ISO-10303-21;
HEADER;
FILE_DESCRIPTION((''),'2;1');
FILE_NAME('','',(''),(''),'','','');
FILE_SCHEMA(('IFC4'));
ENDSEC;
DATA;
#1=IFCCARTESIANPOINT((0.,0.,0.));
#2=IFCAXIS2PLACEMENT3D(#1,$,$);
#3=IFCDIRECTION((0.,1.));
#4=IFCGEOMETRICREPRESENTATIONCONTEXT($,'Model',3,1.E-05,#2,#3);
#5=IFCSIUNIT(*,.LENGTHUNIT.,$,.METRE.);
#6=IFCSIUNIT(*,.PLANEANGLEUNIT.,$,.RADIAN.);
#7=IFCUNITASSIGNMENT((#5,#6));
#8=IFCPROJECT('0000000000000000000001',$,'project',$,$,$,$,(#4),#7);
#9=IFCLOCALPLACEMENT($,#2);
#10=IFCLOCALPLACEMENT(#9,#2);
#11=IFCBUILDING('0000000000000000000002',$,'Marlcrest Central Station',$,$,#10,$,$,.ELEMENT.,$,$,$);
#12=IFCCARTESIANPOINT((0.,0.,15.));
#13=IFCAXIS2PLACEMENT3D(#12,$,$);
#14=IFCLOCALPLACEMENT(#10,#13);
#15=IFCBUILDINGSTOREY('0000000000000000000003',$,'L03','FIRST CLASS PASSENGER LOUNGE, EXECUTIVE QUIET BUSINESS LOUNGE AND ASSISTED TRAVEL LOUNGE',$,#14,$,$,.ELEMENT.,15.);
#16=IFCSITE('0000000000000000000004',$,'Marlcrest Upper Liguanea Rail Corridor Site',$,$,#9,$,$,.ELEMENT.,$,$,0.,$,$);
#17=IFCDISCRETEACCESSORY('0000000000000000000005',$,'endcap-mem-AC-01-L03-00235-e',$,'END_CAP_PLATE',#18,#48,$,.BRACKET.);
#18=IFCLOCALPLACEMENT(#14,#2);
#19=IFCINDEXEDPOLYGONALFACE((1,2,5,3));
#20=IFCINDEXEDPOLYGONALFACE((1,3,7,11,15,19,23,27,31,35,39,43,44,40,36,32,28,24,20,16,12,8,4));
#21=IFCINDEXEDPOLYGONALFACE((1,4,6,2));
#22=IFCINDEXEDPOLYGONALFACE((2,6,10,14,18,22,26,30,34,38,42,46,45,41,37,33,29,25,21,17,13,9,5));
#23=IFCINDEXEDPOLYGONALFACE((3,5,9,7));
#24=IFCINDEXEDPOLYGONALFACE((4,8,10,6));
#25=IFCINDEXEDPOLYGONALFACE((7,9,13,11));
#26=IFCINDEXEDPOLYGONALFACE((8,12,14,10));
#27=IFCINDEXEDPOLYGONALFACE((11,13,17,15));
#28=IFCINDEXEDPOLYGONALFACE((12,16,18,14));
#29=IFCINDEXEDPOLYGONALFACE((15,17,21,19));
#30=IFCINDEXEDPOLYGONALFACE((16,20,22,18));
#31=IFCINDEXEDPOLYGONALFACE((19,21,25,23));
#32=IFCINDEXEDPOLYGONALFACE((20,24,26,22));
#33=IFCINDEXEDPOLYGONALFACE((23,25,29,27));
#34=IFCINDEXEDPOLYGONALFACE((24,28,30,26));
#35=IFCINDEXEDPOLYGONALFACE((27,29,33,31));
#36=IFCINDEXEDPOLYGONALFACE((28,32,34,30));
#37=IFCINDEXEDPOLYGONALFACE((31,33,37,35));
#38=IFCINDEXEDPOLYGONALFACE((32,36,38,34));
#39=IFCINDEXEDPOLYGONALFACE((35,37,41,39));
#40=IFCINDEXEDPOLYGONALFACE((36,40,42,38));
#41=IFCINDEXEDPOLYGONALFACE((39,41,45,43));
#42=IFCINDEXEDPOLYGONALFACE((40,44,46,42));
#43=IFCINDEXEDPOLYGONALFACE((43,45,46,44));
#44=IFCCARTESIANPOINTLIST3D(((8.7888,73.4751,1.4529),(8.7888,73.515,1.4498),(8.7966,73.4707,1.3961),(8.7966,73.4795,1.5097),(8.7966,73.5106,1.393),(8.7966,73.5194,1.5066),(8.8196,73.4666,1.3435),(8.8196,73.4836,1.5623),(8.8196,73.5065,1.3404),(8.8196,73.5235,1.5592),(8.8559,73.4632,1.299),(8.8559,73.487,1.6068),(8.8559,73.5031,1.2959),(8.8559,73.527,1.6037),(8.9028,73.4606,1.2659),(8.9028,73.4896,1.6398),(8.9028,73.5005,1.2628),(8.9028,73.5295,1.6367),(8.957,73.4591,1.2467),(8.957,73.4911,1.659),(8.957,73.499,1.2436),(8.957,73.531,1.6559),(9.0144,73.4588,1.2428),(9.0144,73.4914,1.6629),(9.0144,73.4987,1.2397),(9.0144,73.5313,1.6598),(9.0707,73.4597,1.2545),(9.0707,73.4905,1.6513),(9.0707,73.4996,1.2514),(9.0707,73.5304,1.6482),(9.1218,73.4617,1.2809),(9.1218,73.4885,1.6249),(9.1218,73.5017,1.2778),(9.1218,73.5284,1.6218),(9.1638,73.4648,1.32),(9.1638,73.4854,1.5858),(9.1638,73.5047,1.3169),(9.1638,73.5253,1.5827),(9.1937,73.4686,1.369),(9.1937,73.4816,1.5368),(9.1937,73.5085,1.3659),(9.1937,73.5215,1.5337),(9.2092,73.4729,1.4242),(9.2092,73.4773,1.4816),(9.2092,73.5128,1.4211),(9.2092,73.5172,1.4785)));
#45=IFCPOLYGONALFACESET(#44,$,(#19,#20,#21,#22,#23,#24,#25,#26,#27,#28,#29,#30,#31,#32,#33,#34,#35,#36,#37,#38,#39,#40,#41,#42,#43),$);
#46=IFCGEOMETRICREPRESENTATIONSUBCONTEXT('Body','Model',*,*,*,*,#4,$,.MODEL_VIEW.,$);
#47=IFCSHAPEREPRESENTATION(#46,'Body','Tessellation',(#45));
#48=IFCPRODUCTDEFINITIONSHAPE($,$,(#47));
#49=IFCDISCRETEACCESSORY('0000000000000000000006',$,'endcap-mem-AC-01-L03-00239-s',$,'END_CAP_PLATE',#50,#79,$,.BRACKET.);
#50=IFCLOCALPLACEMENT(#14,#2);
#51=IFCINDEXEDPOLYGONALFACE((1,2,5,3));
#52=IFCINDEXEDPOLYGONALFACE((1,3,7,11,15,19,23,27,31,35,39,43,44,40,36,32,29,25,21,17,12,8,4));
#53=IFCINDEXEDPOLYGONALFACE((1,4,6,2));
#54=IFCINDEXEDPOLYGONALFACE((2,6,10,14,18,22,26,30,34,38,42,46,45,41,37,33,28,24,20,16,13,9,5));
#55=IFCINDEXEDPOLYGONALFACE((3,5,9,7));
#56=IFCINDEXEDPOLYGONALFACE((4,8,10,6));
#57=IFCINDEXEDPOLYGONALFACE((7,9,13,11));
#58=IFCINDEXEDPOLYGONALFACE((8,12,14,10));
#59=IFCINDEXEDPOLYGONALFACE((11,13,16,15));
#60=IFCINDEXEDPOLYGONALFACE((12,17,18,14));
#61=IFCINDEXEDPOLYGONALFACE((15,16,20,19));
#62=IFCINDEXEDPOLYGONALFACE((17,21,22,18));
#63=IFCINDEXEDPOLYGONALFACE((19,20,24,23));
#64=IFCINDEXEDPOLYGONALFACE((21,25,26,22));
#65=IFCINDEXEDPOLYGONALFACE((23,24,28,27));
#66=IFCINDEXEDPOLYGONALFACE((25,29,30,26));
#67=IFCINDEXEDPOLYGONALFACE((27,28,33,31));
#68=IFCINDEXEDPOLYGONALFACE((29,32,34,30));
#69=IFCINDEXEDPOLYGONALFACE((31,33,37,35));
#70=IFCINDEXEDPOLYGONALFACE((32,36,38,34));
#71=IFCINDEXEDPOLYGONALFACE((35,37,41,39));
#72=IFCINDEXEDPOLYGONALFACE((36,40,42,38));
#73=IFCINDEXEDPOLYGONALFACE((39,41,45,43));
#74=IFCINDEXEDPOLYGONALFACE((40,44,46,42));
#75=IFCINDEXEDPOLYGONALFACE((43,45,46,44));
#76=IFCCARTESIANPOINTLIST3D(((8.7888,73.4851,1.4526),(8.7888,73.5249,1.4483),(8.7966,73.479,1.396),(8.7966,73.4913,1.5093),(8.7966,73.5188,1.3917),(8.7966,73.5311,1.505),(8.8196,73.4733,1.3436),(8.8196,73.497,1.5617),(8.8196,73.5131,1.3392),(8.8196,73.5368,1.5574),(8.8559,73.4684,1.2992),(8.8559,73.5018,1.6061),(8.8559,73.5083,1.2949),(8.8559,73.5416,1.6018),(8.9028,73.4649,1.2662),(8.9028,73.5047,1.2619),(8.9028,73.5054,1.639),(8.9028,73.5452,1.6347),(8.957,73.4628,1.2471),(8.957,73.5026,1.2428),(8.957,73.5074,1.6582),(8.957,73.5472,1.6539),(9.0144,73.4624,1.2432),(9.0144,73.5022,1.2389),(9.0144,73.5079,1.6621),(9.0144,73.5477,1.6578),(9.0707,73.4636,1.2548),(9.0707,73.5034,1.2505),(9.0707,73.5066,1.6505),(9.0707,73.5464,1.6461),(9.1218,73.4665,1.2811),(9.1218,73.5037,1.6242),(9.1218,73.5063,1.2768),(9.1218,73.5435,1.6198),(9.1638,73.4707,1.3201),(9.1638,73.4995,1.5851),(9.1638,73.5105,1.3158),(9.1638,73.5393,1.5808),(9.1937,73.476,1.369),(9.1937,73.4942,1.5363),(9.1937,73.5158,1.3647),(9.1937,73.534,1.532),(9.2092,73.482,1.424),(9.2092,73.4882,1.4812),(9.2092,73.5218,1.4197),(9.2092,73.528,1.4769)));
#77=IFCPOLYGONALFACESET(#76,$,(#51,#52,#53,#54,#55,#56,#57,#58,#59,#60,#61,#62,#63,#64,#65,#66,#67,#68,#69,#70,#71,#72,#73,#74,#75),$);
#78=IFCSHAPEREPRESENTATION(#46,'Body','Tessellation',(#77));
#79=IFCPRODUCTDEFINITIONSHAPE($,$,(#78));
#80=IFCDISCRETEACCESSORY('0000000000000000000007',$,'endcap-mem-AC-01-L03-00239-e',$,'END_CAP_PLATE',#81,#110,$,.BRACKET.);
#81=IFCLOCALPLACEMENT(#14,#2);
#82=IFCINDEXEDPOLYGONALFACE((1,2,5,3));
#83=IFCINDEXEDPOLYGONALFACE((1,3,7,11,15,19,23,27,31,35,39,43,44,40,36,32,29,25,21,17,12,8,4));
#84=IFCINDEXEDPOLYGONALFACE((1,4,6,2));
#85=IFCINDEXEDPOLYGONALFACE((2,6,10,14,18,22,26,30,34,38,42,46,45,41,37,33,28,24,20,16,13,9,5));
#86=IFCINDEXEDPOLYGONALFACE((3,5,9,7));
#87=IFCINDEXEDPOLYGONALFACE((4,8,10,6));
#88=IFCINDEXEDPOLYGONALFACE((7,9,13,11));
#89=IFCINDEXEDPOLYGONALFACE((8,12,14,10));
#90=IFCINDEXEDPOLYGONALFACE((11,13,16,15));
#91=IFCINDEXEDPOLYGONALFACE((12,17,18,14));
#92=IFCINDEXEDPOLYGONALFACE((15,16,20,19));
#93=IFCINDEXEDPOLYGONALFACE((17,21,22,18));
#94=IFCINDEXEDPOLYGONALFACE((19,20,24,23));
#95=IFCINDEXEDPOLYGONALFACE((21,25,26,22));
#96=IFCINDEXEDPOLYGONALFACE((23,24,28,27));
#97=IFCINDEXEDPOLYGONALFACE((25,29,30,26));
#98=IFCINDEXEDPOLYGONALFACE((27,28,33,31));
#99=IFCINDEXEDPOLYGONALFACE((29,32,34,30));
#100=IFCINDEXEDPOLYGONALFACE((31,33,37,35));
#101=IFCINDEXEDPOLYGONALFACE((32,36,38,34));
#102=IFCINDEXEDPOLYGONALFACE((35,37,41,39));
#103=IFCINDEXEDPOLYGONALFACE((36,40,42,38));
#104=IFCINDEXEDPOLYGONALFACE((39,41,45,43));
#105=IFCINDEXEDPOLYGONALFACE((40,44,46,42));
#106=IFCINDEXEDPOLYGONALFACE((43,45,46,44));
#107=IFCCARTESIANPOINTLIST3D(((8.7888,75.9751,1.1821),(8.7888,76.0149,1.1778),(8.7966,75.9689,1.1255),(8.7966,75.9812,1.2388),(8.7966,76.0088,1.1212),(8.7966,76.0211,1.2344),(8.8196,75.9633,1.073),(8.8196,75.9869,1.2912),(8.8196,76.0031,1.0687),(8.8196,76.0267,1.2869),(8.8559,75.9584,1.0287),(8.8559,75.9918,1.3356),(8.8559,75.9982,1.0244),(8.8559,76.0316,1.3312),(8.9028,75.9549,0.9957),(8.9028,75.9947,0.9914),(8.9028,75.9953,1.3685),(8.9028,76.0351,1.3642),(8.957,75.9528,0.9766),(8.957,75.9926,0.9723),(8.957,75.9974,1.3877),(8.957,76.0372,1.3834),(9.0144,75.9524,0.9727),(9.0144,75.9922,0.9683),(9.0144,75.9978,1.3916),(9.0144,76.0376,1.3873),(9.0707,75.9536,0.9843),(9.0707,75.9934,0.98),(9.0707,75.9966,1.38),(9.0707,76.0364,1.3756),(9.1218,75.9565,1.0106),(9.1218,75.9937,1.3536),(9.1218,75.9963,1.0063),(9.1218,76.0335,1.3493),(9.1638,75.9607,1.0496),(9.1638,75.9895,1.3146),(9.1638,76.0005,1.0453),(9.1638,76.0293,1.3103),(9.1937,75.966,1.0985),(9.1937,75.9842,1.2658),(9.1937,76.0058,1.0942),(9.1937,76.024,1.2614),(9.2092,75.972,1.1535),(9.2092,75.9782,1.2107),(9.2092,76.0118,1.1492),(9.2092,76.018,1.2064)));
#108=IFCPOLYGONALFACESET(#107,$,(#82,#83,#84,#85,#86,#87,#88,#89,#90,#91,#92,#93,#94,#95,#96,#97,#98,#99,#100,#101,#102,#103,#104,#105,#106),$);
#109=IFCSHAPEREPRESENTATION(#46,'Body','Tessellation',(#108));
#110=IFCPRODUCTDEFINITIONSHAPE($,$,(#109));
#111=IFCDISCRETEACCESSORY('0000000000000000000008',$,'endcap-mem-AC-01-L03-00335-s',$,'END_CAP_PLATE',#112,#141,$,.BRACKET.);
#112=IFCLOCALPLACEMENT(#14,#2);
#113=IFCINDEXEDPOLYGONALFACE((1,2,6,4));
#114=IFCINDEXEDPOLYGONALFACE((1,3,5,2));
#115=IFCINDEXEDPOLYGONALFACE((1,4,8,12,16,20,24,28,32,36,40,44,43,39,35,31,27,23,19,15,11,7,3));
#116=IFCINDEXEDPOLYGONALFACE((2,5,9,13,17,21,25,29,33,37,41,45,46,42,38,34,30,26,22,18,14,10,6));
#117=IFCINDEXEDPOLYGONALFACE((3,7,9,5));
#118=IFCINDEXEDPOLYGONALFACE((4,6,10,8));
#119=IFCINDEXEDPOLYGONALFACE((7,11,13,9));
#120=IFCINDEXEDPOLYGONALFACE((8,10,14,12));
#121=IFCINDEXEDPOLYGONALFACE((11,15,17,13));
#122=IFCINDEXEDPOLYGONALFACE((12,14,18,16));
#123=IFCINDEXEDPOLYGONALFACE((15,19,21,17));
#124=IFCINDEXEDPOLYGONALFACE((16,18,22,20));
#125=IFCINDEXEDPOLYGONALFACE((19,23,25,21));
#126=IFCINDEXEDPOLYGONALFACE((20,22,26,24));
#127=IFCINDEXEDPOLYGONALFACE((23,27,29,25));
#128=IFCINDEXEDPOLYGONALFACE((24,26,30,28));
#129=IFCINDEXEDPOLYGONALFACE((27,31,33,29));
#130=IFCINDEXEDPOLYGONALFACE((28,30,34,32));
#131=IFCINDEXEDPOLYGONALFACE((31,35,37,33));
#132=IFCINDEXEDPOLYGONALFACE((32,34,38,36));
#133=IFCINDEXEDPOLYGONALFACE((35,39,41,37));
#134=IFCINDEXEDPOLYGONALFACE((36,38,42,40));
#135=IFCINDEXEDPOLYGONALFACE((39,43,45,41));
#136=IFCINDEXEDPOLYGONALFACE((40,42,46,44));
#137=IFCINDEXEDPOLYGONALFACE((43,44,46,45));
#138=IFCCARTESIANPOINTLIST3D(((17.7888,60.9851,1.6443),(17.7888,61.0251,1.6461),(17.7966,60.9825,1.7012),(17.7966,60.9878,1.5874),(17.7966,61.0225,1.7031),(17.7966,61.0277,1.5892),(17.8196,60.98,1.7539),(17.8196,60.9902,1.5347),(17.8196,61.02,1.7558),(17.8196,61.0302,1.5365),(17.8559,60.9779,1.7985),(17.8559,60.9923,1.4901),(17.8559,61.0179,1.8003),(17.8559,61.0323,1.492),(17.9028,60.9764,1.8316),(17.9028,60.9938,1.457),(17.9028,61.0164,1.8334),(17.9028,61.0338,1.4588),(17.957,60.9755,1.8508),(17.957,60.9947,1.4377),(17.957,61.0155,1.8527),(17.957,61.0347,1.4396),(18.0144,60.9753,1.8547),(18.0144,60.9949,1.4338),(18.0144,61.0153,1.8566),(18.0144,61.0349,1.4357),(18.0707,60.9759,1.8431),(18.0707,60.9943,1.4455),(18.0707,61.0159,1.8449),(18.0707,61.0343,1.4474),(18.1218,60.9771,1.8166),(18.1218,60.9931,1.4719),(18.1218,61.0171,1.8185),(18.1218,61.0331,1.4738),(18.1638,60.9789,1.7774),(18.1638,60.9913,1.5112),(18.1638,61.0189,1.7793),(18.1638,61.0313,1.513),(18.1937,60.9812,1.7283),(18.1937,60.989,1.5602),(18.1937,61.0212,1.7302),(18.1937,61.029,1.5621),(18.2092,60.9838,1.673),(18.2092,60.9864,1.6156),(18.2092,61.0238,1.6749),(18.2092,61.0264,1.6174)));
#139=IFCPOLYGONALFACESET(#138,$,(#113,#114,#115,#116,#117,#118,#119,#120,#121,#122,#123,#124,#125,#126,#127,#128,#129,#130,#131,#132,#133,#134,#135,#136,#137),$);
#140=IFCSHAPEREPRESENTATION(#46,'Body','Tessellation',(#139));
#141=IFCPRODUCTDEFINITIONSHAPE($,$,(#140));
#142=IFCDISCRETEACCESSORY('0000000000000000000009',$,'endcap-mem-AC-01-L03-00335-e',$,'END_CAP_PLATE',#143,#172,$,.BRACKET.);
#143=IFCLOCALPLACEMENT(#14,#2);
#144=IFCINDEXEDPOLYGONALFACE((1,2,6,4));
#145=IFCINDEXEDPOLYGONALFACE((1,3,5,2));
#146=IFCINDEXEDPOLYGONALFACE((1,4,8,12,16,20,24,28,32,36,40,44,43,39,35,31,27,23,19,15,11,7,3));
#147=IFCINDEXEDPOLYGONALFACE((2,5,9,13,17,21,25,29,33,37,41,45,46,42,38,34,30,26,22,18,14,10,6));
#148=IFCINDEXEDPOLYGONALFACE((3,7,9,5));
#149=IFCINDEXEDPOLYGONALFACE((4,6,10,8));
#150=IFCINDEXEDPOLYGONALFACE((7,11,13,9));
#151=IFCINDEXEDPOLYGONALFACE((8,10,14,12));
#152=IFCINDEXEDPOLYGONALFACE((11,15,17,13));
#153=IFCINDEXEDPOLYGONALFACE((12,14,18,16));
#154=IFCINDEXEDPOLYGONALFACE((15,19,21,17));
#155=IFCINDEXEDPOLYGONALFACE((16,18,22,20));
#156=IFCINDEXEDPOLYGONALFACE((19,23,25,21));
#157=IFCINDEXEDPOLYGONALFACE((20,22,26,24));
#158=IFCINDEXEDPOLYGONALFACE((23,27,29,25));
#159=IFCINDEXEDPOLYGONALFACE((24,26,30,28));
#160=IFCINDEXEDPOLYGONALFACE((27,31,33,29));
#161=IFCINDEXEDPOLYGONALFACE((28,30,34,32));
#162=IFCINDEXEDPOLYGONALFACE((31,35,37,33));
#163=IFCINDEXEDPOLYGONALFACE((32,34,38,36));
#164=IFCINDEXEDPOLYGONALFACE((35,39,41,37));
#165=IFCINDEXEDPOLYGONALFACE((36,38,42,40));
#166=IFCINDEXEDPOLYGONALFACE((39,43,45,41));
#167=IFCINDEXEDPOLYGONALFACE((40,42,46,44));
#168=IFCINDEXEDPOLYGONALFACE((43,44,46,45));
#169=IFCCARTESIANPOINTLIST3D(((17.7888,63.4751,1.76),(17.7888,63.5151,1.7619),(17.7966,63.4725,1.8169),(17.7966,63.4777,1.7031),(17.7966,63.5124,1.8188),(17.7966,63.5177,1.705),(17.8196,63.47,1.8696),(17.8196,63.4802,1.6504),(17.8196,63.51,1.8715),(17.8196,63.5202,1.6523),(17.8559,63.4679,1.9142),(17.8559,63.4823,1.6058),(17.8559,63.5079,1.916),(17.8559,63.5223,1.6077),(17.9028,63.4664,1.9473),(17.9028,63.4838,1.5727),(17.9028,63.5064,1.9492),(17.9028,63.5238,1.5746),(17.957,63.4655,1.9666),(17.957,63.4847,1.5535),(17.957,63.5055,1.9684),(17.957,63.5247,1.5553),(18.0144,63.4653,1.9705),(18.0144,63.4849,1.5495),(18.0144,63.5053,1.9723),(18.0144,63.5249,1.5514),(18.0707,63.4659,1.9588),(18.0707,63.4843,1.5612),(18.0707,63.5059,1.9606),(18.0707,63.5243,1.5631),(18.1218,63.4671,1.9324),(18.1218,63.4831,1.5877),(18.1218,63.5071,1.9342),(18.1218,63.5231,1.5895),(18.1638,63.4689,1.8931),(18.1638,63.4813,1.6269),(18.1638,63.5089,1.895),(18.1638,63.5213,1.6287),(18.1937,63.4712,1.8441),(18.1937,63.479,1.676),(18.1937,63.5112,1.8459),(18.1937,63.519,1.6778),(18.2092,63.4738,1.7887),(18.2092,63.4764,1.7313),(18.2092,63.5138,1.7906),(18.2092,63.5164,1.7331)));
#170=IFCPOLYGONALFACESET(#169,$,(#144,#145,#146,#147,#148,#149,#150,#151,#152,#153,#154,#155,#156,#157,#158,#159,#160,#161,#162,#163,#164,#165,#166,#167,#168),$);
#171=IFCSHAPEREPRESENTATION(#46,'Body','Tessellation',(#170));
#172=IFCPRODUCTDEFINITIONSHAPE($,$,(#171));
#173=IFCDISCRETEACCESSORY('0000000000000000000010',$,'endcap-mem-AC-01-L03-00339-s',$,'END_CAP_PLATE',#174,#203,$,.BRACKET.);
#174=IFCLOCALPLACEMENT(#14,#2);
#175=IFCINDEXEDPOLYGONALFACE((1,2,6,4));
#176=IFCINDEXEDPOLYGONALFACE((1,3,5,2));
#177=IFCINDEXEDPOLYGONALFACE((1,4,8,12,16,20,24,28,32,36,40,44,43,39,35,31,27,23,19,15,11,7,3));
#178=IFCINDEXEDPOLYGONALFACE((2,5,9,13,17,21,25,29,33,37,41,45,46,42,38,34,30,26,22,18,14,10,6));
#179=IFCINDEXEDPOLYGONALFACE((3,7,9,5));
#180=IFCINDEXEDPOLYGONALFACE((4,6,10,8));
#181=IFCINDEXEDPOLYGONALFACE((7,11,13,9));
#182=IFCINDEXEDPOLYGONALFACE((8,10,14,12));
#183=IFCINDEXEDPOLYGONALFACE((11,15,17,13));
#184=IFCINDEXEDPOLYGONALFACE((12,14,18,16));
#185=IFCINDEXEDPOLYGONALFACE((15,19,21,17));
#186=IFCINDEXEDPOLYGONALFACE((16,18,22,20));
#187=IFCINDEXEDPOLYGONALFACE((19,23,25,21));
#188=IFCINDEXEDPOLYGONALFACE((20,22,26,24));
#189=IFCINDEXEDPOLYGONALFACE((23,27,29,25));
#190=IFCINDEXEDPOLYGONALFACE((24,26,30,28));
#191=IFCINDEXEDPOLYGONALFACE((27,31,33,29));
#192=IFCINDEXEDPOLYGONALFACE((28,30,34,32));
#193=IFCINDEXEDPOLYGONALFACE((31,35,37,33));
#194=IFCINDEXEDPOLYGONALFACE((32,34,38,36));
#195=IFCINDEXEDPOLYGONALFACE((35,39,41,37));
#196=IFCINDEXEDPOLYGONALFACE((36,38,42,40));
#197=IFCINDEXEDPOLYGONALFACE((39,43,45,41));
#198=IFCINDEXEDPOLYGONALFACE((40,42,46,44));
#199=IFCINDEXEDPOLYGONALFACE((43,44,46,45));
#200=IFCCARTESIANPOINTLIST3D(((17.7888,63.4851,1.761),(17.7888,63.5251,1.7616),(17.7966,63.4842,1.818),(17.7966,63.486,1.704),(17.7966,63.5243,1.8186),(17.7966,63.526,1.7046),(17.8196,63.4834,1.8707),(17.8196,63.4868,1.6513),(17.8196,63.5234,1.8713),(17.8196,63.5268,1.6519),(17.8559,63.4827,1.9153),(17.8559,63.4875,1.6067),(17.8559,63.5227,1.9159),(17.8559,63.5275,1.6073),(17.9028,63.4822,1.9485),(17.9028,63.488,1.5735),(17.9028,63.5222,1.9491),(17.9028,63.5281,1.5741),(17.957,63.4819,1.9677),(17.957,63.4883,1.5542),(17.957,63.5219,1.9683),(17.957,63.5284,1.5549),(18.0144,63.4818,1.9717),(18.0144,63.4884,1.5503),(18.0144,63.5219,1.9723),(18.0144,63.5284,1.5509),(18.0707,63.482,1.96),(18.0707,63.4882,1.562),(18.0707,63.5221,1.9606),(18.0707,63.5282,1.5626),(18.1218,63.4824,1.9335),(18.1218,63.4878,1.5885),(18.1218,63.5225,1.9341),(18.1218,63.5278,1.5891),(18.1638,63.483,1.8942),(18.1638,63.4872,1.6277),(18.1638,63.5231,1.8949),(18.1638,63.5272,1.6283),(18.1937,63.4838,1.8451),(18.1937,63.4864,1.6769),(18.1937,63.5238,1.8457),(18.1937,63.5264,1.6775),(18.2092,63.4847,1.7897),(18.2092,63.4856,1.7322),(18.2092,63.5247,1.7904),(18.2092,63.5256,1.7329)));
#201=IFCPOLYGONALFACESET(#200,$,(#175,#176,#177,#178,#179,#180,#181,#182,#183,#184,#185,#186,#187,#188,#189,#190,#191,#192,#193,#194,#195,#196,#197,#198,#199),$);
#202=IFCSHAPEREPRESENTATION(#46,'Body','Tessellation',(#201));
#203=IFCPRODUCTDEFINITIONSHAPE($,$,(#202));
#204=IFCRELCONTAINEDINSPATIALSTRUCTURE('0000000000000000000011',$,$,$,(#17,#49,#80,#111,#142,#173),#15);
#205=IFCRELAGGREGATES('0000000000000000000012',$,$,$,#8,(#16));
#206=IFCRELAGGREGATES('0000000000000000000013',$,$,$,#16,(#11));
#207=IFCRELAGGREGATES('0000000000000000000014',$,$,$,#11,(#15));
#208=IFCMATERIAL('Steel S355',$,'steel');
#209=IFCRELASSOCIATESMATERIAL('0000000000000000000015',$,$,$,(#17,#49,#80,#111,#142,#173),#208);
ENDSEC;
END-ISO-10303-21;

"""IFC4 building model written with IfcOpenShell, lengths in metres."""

from ifc_helpers import new_model, si_unit, direction, frame, origin, origin_2d, place, context, subcontext, project, spatial, circle, extrude, material, element, save


model = new_model("IFC4")

# Units and contexts
model_context = context("Model", 3, precision=1e-05, world=origin(), true_north=direction((0.0, 1.0)))
body_context = subcontext(model_context, "Body", "Model", "MODEL_VIEW")
ifc_project = project(units=[si_unit("LENGTHUNIT", "METRE"), si_unit("PLANEANGLEUNIT", "RADIAN")], contexts=[model_context])

# Site, building, storey
site_placement = place(None, origin())
site = spatial("IfcSite", under=ifc_project, at=site_placement, Name="Marlcrest Upper Liguanea Rail Corridor Site", CompositionType="ELEMENT", RefElevation=0.0)
building_placement = place(site_placement, origin())
building = spatial("IfcBuilding", under=site, at=building_placement, Name="Marlcrest Central Station", CompositionType="ELEMENT")
storey_placement = place(building_placement, frame((0.0, 0.0, 15.0)))
storey = spatial("IfcBuildingStorey", under=building, at=storey_placement, Name="L03", Description="FIRST CLASS PASSENGER LOUNGE, EXECUTIVE QUIET BUSINESS LOUNGE AND ASSISTED TRAVEL LOUNGE", CompositionType="ELEMENT", Elevation=15.0)

# Shared definitions
ifc_material_1 = material(Name="Steel S355", Category="steel")

# Discrete accessories
for number, where, z_axis, x_axis, name in (
    (1, (9.0, 73.4751, 1.4529), (0.0, 0.997, -0.077404), (-1.0, 0.0, 0.0), "endcap-mem-AC-01-L03-00235-e"),
    (2, (9.0, 73.4851, 1.4526), (0.0, 0.994155, -0.107959), (-1.0, 0.0, 0.0), "endcap-mem-AC-01-L03-00239-s"),
    (3, (9.0, 75.9751, 1.1821), (0.0, 0.994155, -0.107959), (-1.0, 0.0, 0.0), "endcap-mem-AC-01-L03-00239-e"),
    (4, (18.0, 60.9851, 1.6443), (0.0, 0.998921, 0.046434), (-1.0, 0.0, 0.0), "endcap-mem-AC-01-L03-00335-s"),
    (5, (18.0, 63.4751, 1.76), (0.0, 0.998921, 0.046434), (-1.0, 0.0, 0.0), "endcap-mem-AC-01-L03-00335-e"),
    (6, (18.0, 63.4851, 1.761), (0.0, 0.999879, 0.015525), (-1.0, 0.0, 0.0), "endcap-mem-AC-01-L03-00339-s"),
):
    element("IfcDiscreteAccessory", number, at=place(storey_placement, frame(where, z_axis=z_axis, x_axis=x_axis)), inside=storey, material=ifc_material_1, Name=name, ObjectType="END_CAP_PLATE", PredefinedType="BRACKET", context=body_context, shape_type="SweptSolid", body=[
        extrude(circle(Radius=0.2112, at=origin_2d()), origin(), (0.0, 0.0, 1.0), 0.04),
    ])

save(model, "model.ifc")
